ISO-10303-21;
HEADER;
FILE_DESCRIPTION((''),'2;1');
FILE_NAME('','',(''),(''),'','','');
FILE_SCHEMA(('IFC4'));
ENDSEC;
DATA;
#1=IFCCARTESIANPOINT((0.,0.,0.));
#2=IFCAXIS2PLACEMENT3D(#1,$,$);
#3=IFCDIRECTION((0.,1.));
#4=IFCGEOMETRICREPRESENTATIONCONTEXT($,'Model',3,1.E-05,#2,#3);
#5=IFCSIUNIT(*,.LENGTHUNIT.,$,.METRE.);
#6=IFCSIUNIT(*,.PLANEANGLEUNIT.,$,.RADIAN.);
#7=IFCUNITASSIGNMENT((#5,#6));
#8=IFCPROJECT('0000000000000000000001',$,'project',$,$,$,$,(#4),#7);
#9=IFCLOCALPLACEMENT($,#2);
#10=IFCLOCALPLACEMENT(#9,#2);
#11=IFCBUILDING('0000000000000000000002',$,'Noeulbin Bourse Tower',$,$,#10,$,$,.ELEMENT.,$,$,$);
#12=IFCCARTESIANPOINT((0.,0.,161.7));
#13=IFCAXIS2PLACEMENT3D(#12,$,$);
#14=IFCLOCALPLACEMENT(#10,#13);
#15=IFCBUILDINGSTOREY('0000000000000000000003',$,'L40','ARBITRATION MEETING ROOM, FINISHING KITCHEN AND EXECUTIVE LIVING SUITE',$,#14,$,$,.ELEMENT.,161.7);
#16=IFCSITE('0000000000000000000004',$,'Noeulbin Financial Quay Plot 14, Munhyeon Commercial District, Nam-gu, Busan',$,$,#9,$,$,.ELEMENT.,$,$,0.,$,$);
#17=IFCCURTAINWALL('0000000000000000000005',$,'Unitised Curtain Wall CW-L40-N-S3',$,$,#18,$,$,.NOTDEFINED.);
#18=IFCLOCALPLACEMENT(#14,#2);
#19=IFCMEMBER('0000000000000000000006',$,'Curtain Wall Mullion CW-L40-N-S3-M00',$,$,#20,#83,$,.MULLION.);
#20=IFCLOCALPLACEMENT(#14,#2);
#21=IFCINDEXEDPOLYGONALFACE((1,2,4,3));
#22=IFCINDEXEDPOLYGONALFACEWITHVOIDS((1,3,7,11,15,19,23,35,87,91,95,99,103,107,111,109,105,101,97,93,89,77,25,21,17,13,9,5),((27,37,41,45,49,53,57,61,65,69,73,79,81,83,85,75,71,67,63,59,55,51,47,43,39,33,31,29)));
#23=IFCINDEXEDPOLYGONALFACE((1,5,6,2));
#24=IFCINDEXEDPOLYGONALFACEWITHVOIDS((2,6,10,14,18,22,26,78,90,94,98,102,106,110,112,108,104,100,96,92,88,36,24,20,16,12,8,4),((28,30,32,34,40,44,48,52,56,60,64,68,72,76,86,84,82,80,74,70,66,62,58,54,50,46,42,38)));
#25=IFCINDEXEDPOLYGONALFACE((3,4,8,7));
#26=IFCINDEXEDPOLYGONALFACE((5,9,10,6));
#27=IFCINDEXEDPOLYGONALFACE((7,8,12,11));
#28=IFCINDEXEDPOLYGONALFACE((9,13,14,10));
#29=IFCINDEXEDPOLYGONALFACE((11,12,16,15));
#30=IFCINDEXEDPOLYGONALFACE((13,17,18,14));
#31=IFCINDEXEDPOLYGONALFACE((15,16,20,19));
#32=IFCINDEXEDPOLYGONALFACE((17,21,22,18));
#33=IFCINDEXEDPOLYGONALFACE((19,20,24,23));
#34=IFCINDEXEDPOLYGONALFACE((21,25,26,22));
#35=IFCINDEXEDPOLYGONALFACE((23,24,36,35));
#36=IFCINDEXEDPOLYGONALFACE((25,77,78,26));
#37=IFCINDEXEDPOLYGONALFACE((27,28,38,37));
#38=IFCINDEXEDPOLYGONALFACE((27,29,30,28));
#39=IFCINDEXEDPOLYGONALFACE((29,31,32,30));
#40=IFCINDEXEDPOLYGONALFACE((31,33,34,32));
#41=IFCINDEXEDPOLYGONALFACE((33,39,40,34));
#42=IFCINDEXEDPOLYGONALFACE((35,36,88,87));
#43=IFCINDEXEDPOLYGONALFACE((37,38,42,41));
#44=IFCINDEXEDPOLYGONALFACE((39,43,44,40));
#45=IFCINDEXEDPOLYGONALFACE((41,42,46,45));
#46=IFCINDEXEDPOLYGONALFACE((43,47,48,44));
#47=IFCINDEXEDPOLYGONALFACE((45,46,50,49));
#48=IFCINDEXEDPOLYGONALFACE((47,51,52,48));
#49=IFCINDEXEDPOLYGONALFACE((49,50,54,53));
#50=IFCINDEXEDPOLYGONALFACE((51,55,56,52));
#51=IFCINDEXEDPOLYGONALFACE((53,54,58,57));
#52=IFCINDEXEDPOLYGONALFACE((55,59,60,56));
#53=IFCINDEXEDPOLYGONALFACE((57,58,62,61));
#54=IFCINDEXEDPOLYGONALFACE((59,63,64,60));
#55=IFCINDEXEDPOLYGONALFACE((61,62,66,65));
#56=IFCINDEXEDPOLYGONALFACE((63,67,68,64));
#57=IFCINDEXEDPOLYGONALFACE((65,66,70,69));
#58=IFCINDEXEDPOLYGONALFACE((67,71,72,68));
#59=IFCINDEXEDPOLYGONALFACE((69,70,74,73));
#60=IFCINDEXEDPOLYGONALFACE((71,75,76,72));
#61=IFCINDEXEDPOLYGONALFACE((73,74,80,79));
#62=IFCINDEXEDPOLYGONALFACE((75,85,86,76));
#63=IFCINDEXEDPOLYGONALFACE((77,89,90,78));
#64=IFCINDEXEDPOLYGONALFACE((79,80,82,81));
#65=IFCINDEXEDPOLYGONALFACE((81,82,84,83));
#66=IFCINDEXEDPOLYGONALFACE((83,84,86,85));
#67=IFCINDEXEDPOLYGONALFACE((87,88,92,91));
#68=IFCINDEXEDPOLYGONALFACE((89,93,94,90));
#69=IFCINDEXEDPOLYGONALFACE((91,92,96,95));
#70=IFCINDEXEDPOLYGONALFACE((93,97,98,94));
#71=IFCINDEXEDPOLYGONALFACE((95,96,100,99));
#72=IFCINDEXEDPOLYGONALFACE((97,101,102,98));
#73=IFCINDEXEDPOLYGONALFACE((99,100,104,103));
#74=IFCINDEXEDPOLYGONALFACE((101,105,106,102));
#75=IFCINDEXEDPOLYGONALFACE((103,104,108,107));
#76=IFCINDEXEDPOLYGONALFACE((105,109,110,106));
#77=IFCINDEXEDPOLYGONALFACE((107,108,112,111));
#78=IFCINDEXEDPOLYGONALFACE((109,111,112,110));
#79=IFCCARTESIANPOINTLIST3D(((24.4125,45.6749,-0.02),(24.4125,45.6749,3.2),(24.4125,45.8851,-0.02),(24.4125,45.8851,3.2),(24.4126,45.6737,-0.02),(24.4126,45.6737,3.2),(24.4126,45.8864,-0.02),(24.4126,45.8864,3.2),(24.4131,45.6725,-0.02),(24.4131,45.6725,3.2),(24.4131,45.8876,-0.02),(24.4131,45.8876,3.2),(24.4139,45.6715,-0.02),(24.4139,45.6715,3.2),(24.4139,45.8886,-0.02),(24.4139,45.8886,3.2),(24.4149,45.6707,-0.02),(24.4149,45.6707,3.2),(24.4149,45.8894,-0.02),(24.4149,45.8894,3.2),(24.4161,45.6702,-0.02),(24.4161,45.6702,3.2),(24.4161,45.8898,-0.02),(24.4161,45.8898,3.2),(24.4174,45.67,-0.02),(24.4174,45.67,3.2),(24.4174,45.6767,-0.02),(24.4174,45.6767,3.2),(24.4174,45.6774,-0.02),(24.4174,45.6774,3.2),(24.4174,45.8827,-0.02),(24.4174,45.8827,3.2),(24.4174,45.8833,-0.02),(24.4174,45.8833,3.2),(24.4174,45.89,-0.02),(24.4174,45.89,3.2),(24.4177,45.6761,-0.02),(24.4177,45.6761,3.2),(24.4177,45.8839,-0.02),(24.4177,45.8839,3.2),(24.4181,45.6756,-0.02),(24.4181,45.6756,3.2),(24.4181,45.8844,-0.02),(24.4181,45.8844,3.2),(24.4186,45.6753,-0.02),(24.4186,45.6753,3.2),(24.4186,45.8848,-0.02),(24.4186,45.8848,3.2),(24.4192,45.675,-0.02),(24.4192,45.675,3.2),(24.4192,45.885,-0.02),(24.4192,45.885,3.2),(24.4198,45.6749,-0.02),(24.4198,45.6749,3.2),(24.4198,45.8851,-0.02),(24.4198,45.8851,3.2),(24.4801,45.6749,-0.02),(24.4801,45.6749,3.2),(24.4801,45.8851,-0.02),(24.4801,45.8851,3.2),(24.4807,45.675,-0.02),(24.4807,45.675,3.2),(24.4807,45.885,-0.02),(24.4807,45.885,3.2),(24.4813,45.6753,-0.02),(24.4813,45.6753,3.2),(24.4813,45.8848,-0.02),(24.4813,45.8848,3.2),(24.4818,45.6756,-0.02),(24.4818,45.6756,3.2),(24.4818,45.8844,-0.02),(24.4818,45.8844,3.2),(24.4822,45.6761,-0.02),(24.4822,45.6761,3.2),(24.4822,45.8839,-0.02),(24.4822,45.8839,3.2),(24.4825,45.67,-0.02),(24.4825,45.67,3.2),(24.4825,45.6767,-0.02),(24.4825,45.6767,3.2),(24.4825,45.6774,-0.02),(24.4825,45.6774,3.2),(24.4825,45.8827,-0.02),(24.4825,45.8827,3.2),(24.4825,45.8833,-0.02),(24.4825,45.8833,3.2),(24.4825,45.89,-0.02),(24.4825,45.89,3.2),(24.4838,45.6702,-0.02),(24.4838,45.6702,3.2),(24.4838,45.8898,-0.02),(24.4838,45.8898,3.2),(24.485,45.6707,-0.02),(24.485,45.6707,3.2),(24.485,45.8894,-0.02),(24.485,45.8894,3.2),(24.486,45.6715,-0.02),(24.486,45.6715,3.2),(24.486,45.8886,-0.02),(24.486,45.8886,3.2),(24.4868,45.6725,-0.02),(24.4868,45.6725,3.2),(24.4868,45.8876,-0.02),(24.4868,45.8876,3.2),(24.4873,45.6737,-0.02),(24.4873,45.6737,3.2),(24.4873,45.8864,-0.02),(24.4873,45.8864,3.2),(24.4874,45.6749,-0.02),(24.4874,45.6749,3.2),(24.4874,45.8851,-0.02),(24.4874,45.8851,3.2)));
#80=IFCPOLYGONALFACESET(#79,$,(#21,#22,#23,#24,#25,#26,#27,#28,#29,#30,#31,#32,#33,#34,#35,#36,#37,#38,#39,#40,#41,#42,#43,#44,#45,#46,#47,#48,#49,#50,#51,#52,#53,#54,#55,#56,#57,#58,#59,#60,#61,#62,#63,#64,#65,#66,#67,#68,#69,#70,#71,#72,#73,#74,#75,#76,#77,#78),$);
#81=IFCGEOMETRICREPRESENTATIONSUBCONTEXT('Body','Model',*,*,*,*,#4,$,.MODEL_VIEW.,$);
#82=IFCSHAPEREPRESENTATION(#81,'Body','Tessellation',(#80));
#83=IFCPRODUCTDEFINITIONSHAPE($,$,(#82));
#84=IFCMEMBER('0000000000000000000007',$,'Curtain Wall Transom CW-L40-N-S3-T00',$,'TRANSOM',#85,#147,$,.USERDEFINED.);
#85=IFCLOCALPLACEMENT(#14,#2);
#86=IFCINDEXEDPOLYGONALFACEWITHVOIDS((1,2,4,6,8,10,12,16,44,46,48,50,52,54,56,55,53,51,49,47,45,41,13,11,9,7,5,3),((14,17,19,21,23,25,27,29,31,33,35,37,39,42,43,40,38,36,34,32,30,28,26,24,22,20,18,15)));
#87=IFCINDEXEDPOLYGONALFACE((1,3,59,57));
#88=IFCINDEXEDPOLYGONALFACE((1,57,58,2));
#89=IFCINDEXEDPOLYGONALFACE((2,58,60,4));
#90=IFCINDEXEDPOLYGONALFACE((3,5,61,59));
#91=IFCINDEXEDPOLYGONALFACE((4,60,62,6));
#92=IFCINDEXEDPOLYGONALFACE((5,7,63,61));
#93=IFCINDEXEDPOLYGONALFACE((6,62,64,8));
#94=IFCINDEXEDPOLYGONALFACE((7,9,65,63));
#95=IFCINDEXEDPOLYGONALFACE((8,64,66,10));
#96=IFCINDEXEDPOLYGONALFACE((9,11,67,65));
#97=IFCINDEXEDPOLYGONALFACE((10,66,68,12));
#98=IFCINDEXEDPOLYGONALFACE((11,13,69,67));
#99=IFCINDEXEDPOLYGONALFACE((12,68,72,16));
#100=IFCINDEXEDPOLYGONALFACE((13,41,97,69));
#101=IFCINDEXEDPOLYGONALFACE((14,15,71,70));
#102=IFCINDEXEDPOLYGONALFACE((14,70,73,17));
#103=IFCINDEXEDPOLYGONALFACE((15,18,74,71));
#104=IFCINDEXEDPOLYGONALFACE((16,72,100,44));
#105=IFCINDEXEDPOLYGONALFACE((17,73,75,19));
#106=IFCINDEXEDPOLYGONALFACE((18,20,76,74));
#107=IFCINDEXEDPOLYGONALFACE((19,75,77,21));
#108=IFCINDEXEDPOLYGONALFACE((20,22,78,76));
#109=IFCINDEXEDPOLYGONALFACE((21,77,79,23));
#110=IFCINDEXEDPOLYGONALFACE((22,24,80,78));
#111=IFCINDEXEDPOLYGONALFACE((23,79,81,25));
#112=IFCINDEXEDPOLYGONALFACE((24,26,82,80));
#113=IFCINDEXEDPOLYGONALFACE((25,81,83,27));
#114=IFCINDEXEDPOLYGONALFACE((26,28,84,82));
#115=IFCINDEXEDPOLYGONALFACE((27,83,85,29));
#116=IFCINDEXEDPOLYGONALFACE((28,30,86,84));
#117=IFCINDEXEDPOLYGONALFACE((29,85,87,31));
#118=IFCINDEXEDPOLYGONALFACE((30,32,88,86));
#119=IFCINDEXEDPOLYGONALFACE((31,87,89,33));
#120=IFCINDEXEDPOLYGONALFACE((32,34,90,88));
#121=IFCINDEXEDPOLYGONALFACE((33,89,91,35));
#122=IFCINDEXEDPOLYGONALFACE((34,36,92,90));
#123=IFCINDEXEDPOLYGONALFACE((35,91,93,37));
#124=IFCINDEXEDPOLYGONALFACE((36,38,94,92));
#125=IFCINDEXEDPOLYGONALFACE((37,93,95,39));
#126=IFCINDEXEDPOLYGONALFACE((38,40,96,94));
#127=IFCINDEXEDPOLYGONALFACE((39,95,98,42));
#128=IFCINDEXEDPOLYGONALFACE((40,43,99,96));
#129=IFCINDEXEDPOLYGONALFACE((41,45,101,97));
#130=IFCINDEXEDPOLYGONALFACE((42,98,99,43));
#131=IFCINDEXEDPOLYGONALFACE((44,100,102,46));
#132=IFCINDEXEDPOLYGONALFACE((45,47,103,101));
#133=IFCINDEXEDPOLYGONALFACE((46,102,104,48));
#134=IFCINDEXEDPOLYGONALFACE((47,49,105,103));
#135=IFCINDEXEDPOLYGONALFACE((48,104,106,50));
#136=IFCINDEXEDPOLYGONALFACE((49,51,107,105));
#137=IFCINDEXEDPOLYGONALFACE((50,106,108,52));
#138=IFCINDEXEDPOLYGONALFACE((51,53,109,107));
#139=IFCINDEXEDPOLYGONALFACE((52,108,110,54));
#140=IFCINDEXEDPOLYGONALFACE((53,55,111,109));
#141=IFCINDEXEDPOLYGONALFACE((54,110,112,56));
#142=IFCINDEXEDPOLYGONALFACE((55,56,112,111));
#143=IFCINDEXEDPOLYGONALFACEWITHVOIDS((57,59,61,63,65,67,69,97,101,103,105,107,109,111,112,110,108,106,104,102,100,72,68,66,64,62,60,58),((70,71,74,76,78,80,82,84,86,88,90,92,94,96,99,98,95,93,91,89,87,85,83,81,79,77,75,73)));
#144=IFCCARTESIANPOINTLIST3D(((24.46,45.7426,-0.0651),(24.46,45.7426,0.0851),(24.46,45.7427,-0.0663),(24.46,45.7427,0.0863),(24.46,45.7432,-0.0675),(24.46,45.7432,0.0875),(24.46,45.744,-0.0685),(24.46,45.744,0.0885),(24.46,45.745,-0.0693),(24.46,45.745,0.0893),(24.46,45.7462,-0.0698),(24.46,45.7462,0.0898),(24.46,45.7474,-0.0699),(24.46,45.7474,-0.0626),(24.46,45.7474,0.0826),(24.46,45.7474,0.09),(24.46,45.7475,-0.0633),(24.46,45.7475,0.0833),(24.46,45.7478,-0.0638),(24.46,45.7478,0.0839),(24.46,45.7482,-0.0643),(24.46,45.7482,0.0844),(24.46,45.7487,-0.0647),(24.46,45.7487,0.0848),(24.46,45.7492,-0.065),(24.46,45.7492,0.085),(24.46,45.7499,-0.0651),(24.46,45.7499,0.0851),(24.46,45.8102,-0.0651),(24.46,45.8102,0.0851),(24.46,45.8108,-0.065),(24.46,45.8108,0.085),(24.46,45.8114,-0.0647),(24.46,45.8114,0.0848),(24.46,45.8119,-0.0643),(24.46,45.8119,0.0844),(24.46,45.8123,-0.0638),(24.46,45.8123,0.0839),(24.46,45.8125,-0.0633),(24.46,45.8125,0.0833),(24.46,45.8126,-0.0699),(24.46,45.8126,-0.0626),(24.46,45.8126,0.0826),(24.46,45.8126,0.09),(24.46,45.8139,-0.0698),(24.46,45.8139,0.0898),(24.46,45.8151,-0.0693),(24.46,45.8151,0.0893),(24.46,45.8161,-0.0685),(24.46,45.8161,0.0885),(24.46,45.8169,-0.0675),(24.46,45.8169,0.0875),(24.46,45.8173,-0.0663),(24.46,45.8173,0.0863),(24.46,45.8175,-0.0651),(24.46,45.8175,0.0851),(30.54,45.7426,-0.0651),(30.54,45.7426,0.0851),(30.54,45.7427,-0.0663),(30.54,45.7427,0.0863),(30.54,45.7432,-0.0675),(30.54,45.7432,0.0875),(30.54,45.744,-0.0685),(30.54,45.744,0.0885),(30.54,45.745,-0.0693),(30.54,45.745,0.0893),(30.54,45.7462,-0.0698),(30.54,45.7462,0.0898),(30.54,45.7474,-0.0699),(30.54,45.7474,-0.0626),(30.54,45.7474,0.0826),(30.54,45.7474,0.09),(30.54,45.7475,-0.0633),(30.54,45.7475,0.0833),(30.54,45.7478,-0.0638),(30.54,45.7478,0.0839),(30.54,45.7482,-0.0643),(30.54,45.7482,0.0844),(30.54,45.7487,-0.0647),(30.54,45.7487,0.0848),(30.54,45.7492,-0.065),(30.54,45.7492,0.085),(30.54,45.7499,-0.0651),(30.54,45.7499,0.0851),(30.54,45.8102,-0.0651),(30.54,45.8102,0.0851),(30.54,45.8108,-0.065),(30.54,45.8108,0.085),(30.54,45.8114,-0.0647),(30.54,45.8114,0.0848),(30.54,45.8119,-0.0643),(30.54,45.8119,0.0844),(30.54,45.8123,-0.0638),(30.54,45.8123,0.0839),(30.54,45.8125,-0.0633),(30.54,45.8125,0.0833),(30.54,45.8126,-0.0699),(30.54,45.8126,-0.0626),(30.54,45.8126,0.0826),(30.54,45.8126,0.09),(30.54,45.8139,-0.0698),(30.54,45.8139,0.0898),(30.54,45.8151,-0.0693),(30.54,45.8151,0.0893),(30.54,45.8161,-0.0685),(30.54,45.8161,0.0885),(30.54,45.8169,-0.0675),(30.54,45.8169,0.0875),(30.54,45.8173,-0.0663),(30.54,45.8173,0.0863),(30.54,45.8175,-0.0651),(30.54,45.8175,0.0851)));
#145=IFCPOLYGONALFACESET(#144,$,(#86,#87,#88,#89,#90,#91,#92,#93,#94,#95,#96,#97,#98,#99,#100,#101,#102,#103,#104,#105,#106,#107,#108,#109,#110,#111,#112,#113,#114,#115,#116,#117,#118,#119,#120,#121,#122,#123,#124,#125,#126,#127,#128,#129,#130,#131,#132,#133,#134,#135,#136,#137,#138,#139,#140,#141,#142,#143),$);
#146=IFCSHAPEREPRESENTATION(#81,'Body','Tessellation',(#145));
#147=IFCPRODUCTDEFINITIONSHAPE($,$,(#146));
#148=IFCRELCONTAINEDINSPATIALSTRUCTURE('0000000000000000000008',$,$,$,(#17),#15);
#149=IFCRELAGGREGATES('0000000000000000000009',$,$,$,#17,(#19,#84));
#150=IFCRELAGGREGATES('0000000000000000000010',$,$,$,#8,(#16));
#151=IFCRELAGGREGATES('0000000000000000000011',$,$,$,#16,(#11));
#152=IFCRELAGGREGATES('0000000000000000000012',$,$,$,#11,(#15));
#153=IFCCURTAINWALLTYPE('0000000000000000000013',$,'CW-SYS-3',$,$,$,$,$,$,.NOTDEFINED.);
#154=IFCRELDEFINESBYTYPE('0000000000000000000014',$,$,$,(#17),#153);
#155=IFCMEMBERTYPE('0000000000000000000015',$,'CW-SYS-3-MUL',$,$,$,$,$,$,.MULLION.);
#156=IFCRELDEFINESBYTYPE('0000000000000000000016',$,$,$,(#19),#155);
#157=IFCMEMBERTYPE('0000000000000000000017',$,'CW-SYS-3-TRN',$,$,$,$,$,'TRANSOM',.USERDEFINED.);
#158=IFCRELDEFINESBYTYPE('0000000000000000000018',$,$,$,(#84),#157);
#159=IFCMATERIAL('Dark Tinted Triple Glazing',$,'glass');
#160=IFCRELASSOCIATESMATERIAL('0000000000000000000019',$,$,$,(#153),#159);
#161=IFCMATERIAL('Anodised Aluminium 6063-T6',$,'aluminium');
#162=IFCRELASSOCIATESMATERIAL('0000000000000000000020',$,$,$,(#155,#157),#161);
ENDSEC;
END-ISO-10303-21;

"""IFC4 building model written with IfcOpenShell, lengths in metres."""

from ifc_helpers import new_model, si_unit, direction, frame, origin, origin_2d, place, context, subcontext, project, spatial, hollow_rectangle, extrude, material, material_profile, profile_set, type_object, element, aggregate, save


model = new_model("IFC4")

# Units and contexts
model_context = context("Model", 3, precision=1e-05, world=origin(), true_north=direction((0.0, 1.0)))
body_context = subcontext(model_context, "Body", "Model", "MODEL_VIEW")
ifc_project = project(units=[si_unit("LENGTHUNIT", "METRE"), si_unit("PLANEANGLEUNIT", "RADIAN")], contexts=[model_context])

# Site, building, storey
site_placement = place(None, origin())
site = spatial("IfcSite", under=ifc_project, at=site_placement, Name="Noeulbin Financial Quay Plot 14, Munhyeon Commercial District, Nam-gu, Busan", CompositionType="ELEMENT", RefElevation=0.0)
building_placement = place(site_placement, origin())
building = spatial("IfcBuilding", under=site, at=building_placement, Name="Noeulbin Bourse Tower", CompositionType="ELEMENT")
storey_placement = place(building_placement, frame((0.0, 0.0, 161.7)))
storey = spatial("IfcBuildingStorey", under=building, at=storey_placement, Name="L40", Description="ARBITRATION MEETING ROOM, FINISHING KITCHEN AND EXECUTIVE LIVING SUITE", CompositionType="ELEMENT", Elevation=161.7)

# Curtain wall, members
ifc_material_1 = material(Name="Dark Tinted Triple Glazing", Category="glass")
curtain_wall_type = type_object("IfcCurtainWallType", Name="CW-SYS-3", PredefinedType="NOTDEFINED", material=ifc_material_1)
ifc_material_2 = material(Name="Anodised Aluminium 6063-T6", Category="aluminium")
ifc_material_profile_1 = material_profile(ifc_material_2, hollow_rectangle(XDim=0.075, YDim=0.22, WallThickness=0.0049, InnerFilletRadius=0.0024, OuterFilletRadius=0.0049, at=origin_2d()), Name="ALU-MULL-75x220x5", Category="LoadBearing")
ifc_profile_set_1 = profile_set([ifc_material_profile_1], Name="Anodised Aluminium 6063-T6")
member_type_1 = type_object("IfcMemberType", Name="CW-SYS-3-MUL", PredefinedType="MULLION", material=ifc_profile_set_1)
curtain_wall_1_placement = place(storey_placement, origin())
curtain_wall_1 = element("IfcCurtainWall", 1, at=curtain_wall_1_placement, inside=storey, type_object=curtain_wall_type, Name="Unitised Curtain Wall CW-L40-N-S3", PredefinedType="NOTDEFINED")
member_1_placement = place(storey_placement, frame((24.45, 45.78, -0.02), z_axis=(0.0, 0.0, 1.0), x_axis=(1.0, 0.0, 0.0)))
member_1 = element("IfcMember", 2, at=member_1_placement, type_object=member_type_1, Name="Curtain Wall Mullion CW-L40-N-S3-M00", PredefinedType="MULLION", context=body_context, shape_type="SweptSolid", body=[
    extrude(hollow_rectangle(XDim=0.075, YDim=0.22, WallThickness=0.0049, InnerFilletRadius=0.0024, OuterFilletRadius=0.0049, at=origin_2d()), origin(), (0.0, 0.0, 1.0), 3.22),
])
ifc_material_profile_2 = material_profile(ifc_material_2, hollow_rectangle(XDim=0.075, YDim=0.1599, WallThickness=0.0049, InnerFilletRadius=0.0024, OuterFilletRadius=0.0049, at=origin_2d()), Name="ALU-TRAN-75x160x5", Category="LoadBearing")
ifc_profile_set_2 = profile_set([ifc_material_profile_2], Name="Anodised Aluminium 6063-T6")
member_type_2 = type_object("IfcMemberType", Name="CW-SYS-3-TRN", ElementType="TRANSOM", PredefinedType="USERDEFINED", material=ifc_profile_set_2)
member_2_placement = place(storey_placement, frame((24.46, 45.78, 0.01), z_axis=(1.0, 0.0, 0.0), x_axis=(0.0, 1.0, 0.0)))
member_2 = element("IfcMember", 3, at=member_2_placement, type_object=member_type_2, Name="Curtain Wall Transom CW-L40-N-S3-T00", ObjectType="TRANSOM", PredefinedType="USERDEFINED", context=body_context, shape_type="SweptSolid", body=[
    extrude(hollow_rectangle(XDim=0.075, YDim=0.1599, WallThickness=0.0049, InnerFilletRadius=0.0024, OuterFilletRadius=0.0049, at=origin_2d()), origin(), (0.0, 0.0, 1.0), 6.0801),
])

aggregate(curtain_wall_1, [member_1, member_2])

save(model, "model.ifc")
